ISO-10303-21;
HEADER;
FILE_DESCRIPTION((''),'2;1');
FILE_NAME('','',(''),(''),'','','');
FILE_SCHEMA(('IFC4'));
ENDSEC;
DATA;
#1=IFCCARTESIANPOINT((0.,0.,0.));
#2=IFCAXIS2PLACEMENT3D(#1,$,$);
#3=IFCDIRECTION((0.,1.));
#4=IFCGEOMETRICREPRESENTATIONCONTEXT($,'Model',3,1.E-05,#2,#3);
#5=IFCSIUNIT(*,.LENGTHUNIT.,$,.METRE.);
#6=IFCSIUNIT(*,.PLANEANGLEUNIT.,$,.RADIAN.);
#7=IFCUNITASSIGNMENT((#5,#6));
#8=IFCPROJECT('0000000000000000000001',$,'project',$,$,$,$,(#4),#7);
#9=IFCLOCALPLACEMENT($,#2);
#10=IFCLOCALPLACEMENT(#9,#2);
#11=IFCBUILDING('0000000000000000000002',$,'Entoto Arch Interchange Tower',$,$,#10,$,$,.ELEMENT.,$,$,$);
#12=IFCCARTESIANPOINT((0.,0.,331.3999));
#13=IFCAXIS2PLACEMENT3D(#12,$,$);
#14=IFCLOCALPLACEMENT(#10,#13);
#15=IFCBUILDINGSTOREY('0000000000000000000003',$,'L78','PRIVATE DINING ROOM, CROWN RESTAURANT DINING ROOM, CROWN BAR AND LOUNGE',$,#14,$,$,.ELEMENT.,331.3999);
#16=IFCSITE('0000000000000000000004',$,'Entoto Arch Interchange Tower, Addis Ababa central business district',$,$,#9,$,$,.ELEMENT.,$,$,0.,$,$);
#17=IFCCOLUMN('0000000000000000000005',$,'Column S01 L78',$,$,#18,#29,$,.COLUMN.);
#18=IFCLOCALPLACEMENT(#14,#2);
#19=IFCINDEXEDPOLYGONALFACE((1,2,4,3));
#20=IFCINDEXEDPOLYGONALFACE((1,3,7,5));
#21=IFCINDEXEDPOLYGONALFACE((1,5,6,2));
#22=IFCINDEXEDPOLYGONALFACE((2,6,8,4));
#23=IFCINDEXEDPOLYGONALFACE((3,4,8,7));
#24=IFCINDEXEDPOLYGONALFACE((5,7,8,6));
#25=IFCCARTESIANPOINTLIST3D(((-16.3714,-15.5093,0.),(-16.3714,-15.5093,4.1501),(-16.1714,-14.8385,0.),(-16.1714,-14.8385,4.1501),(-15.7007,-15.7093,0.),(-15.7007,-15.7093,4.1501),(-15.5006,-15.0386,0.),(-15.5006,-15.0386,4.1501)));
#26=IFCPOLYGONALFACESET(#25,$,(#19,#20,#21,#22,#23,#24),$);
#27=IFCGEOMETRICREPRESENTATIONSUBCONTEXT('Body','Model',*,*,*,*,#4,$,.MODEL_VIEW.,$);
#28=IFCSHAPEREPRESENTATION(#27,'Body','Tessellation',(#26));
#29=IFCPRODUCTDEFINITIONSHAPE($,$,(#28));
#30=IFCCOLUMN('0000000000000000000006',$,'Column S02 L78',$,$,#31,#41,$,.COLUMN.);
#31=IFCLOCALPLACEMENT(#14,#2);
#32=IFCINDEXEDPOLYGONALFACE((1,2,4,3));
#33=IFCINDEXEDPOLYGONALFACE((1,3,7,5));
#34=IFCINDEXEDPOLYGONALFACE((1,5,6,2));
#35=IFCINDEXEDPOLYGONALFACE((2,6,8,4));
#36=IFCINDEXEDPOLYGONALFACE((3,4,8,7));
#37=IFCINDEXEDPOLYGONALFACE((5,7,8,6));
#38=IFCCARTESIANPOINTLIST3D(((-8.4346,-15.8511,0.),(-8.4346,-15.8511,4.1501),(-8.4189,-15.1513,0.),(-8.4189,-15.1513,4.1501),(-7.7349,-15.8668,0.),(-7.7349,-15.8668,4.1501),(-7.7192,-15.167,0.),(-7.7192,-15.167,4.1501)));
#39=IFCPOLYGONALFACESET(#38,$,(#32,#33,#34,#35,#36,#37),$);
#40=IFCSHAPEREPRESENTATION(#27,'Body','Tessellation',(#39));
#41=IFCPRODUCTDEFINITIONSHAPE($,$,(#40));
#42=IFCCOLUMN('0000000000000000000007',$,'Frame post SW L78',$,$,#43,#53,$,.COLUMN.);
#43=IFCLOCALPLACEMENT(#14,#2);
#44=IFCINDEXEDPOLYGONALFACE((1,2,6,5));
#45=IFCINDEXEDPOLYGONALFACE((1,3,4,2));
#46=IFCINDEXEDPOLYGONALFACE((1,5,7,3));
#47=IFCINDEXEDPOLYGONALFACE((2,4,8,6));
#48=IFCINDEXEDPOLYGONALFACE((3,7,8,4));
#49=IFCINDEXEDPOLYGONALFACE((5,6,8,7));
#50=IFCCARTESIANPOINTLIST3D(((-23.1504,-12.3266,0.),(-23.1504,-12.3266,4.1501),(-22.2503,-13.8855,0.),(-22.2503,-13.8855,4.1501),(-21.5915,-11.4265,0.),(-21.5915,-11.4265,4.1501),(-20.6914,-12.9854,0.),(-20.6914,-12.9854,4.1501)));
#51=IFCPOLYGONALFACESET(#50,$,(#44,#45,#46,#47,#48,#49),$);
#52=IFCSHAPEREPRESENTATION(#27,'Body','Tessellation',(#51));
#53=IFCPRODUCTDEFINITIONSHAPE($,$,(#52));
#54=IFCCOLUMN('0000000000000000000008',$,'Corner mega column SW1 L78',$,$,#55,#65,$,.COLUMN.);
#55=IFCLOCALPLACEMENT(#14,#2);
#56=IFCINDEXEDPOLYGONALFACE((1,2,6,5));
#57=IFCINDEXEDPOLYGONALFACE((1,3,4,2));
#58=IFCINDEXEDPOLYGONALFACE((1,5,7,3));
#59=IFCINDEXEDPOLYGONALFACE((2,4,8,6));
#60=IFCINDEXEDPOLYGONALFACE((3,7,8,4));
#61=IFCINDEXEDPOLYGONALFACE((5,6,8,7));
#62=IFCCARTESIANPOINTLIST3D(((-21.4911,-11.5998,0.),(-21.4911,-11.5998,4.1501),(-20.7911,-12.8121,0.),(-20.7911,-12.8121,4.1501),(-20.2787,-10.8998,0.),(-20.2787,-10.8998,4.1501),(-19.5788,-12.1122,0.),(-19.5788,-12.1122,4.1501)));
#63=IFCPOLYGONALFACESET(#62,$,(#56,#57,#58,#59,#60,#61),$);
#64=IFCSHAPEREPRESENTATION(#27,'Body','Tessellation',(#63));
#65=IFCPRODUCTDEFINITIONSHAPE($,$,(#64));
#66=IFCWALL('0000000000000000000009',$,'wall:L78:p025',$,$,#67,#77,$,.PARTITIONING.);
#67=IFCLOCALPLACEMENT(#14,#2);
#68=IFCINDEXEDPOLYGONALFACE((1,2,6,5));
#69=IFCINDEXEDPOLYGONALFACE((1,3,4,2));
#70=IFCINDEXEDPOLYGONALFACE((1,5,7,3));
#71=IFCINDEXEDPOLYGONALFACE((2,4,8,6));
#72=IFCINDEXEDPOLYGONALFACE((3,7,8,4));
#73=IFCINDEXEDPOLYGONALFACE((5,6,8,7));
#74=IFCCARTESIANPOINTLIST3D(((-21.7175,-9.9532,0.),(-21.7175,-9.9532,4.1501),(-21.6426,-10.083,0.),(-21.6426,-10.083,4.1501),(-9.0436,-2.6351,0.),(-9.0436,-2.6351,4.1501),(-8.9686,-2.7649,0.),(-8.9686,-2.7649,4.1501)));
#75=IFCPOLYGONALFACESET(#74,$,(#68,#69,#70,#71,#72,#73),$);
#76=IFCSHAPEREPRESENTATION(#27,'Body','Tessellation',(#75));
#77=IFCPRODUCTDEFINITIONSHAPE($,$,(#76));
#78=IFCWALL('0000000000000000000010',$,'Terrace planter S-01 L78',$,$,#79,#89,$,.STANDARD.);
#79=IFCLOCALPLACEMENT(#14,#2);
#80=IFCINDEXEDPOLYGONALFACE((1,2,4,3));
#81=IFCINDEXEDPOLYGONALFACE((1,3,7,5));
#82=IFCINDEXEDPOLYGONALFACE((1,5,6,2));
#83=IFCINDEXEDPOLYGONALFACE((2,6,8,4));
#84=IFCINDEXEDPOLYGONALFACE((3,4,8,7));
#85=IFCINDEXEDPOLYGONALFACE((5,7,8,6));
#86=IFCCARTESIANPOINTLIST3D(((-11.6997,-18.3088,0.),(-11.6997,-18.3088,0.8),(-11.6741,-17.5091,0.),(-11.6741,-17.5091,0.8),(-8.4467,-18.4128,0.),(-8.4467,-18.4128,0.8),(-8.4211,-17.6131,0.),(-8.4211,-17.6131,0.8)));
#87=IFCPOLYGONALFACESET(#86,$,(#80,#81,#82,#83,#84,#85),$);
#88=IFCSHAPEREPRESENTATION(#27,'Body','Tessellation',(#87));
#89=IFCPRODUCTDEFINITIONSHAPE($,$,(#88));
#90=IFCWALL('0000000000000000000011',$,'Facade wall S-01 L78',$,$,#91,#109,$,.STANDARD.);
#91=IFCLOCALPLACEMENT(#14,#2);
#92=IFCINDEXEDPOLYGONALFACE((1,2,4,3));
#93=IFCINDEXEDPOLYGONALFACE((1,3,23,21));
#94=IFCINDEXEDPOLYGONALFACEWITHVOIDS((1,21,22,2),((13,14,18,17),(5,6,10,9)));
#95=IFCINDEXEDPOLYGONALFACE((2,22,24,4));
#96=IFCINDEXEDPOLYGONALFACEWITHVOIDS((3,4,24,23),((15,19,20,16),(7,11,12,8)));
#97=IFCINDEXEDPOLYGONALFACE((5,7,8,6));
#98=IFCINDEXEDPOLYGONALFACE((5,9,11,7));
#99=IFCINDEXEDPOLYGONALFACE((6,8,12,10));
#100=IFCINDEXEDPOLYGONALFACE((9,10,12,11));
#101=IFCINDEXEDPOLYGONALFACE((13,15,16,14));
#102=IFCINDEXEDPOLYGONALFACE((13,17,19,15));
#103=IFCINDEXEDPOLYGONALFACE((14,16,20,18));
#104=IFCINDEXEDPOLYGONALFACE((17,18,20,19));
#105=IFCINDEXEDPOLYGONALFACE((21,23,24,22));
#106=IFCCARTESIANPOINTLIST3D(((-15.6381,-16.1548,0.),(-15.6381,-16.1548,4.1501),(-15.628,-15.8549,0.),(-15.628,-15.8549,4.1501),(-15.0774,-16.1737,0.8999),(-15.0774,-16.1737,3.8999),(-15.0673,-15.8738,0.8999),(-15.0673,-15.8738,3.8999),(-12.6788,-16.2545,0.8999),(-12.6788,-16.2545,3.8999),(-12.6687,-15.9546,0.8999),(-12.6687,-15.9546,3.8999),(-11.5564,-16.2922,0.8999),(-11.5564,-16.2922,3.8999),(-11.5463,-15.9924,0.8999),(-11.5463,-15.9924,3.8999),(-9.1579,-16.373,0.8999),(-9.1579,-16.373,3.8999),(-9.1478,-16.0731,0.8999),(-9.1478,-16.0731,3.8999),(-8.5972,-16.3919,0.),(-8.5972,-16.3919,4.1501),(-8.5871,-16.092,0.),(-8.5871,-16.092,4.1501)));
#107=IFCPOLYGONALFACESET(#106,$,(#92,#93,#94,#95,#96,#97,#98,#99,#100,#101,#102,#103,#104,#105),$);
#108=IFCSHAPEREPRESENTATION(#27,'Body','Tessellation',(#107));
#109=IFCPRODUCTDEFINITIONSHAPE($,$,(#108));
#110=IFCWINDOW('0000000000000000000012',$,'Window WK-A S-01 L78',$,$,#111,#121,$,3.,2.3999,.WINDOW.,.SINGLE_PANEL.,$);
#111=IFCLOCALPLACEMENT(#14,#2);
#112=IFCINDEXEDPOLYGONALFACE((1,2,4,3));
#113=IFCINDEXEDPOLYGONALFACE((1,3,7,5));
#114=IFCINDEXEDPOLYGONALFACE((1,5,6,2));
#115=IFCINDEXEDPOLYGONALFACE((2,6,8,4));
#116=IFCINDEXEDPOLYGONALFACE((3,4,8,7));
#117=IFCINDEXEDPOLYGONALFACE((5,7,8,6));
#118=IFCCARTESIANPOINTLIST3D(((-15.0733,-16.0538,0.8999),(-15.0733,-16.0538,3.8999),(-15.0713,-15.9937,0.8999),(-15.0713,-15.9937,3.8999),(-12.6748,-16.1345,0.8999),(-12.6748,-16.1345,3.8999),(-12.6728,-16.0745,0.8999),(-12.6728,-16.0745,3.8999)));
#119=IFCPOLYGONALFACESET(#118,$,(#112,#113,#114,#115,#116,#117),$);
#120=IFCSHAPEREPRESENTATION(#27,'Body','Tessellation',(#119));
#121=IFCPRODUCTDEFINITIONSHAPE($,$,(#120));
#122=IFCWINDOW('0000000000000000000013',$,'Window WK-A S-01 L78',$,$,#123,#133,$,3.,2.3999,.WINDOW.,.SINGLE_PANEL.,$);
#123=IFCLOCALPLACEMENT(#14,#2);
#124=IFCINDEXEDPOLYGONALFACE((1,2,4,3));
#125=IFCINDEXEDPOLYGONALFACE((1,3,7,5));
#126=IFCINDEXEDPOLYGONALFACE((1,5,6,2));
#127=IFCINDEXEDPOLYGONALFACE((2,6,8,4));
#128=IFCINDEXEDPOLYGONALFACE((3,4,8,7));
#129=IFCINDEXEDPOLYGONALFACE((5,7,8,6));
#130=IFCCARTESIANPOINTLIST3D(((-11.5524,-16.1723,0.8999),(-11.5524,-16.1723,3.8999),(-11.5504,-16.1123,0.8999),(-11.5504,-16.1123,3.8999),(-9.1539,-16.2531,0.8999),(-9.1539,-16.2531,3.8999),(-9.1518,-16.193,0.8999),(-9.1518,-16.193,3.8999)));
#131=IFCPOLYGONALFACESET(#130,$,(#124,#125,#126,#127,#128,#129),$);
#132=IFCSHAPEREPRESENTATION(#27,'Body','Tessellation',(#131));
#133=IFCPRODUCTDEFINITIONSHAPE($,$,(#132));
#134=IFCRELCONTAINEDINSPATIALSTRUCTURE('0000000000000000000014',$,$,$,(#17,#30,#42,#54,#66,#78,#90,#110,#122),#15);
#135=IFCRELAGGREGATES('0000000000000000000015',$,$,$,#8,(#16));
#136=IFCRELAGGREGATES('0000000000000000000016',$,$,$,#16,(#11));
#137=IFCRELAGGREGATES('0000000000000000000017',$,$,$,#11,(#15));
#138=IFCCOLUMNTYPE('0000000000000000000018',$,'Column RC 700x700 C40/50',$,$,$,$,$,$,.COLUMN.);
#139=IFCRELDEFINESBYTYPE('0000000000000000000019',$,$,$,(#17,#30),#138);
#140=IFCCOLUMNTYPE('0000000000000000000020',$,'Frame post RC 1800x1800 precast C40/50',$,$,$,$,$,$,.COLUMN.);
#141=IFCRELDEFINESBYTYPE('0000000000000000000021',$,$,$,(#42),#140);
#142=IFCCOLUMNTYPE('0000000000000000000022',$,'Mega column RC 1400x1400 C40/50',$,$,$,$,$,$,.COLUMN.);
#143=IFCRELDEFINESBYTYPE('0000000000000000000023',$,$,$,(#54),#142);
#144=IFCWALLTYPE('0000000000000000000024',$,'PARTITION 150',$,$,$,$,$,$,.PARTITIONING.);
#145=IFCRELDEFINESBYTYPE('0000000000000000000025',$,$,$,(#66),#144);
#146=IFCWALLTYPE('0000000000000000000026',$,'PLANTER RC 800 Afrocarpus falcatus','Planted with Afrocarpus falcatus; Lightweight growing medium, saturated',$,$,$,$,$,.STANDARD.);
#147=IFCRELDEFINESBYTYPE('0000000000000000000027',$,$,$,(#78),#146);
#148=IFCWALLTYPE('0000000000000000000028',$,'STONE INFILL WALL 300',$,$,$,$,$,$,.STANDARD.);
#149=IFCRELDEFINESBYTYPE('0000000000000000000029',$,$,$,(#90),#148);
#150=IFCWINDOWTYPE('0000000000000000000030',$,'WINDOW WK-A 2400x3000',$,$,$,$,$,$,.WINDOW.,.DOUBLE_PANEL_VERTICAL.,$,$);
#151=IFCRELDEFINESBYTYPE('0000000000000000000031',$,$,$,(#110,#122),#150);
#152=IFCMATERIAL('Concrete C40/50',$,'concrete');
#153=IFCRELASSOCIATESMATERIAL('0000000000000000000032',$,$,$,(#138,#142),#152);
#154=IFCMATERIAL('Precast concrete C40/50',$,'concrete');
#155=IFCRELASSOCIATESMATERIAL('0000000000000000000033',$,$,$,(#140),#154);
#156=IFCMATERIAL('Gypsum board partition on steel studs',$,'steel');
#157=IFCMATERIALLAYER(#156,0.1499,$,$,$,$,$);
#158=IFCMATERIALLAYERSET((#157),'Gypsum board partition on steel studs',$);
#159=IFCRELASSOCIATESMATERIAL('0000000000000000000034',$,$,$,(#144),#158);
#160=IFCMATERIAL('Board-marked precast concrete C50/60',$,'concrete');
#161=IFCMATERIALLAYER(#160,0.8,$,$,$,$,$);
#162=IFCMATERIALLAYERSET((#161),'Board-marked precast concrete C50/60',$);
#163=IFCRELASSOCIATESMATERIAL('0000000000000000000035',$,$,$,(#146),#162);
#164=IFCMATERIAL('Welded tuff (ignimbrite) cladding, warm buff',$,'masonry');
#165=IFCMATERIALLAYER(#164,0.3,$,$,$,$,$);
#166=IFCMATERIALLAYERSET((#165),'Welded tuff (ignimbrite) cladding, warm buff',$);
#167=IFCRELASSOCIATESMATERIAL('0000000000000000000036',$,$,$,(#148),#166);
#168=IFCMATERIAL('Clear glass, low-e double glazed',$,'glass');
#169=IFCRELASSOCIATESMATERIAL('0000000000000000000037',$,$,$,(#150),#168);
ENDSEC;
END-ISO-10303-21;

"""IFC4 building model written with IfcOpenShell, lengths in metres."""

from ifc_helpers import new_model, si_unit, direction, frame, frame_2d, origin, origin_2d, place, context, subcontext, project, spatial, rectangle, extrude, material, layer, layer_set, material_profile, profile_set, type_object, element, fill, save


model = new_model("IFC4")

# Units and contexts
model_context = context("Model", 3, precision=1e-05, world=origin(), true_north=direction((0.0, 1.0)))
body_context = subcontext(model_context, "Body", "Model", "MODEL_VIEW")
ifc_project = project(units=[si_unit("LENGTHUNIT", "METRE"), si_unit("PLANEANGLEUNIT", "RADIAN")], contexts=[model_context])

# Site, building, storey
site_placement = place(None, origin())
site = spatial("IfcSite", under=ifc_project, at=site_placement, Name="Entoto Arch Interchange Tower, Addis Ababa central business district", CompositionType="ELEMENT", RefElevation=0.0)
building_placement = place(site_placement, origin())
building = spatial("IfcBuilding", under=site, at=building_placement, Name="Entoto Arch Interchange Tower", CompositionType="ELEMENT")
storey_placement = place(building_placement, frame((0.0, 0.0, 331.3999)))
storey = spatial("IfcBuildingStorey", under=building, at=storey_placement, Name="L78", Description="PRIVATE DINING ROOM, CROWN RESTAURANT DINING ROOM, CROWN BAR AND LOUNGE", CompositionType="ELEMENT", Elevation=331.3999)

# Columns
ifc_material_1 = material(Name="Concrete C40/50", Category="concrete")
ifc_material_profile_1 = material_profile(ifc_material_1, rectangle(XDim=0.7, YDim=0.7, at=origin_2d()))
ifc_profile_set_1 = profile_set([ifc_material_profile_1], Name="Concrete C40/50")
column_type_1 = type_object("IfcColumnType", Name="Column RC 700x700 C40/50", PredefinedType="COLUMN", material=ifc_profile_set_1)
for number, where, z_axis, x_axis, name in (
    (1, (-15.936, -15.2739, 0.0), (0.0, 0.0, 1.0), (-0.958288, 0.285805, 0.0), "Column S01 L78"),
    (2, (-8.0769, -15.509, 0.0), (0.0, 0.0, 1.0), (-0.999748, 0.022443, 0.0), "Column S02 L78"),
):
    element("IfcColumn", number, at=place(storey_placement, frame(where, z_axis=z_axis, x_axis=x_axis)), inside=storey, type_object=column_type_1, Name=name, PredefinedType="COLUMN", context=body_context, shape_type="SweptSolid", body=[
        extrude(rectangle(XDim=0.7, YDim=0.7, at=origin_2d()), origin(), (0.0, 0.0, 1.0), 4.1501),
    ])
ifc_material_2 = material(Name="Precast concrete C40/50", Category="concrete")
ifc_material_profile_2 = material_profile(ifc_material_2, rectangle(XDim=1.8, YDim=1.8, at=origin_2d()))
ifc_profile_set_2 = profile_set([ifc_material_profile_2], Name="Precast concrete C40/50")
column_type_2 = type_object("IfcColumnType", Name="Frame post RC 1800x1800 precast C40/50", PredefinedType="COLUMN", material=ifc_profile_set_2)
column_1_placement = place(storey_placement, frame((-21.9209, -12.656, 0.0), z_axis=(0.0, 0.0, 1.0), x_axis=(0.866025, 0.5, 0.0)))
element("IfcColumn", 3, at=column_1_placement, inside=storey, type_object=column_type_2, Name="Frame post SW L78", PredefinedType="COLUMN", context=body_context, shape_type="SweptSolid", body=[
    extrude(rectangle(XDim=1.8, YDim=1.8, at=origin_2d()), origin(), (0.0, 0.0, 1.0), 4.1501),
])
ifc_material_profile_3 = material_profile(ifc_material_1, rectangle(XDim=1.3999, YDim=1.3999, at=origin_2d()))
ifc_profile_set_3 = profile_set([ifc_material_profile_3], Name="Concrete C40/50")
column_type_3 = type_object("IfcColumnType", Name="Mega column RC 1400x1400 C40/50", PredefinedType="COLUMN", material=ifc_profile_set_3)
column_2_placement = place(storey_placement, frame((-20.5349, -11.856, 0.0), z_axis=(0.0, 0.0, 1.0), x_axis=(0.866025, 0.5, 0.0)))
element("IfcColumn", 4, at=column_2_placement, inside=storey, type_object=column_type_3, Name="Corner mega column SW1 L78", PredefinedType="COLUMN", context=body_context, shape_type="SweptSolid", body=[
    extrude(rectangle(XDim=1.3999, YDim=1.3999, at=origin_2d()), origin(), (0.0, 0.0, 1.0), 4.1501),
])

# Walls
ifc_material_3 = material(Name="Gypsum board partition on steel studs", Category="steel")
ifc_layer_1 = layer(ifc_material_3, 0.1499)
ifc_layer_set_1 = layer_set([ifc_layer_1], Name="Gypsum board partition on steel studs")
wall_type_1 = type_object("IfcWallType", Name="PARTITION 150", PredefinedType="PARTITIONING", material=ifc_layer_set_1)
wall_1_placement = place(storey_placement, frame((-21.6799, -10.0181, 0.0), z_axis=(0.0, 0.0, 1.0), x_axis=(0.865999, 0.500045, 0.0)))
element("IfcWall", 5, at=wall_1_placement, inside=storey, type_object=wall_type_1, Name="wall:L78:p025", PredefinedType="PARTITIONING", context=body_context, shape_type="SweptSolid", body=[
    extrude(rectangle(XDim=14.635, YDim=0.1499, at=frame_2d((7.3174, 0.0))), origin(), (0.0, 0.0, 1.0), 4.1501),
])
ifc_material_4 = material(Name="Board-marked precast concrete C50/60", Category="concrete")
ifc_layer_2 = layer(ifc_material_4, 0.8)
ifc_layer_set_2 = layer_set([ifc_layer_2], Name="Board-marked precast concrete C50/60")
wall_type_2 = type_object("IfcWallType", Name="PLANTER RC 800 Afrocarpus falcatus", Description="Planted with Afrocarpus falcatus; Lightweight growing medium, saturated", PredefinedType="STANDARD", material=ifc_layer_set_2)
wall_2_placement = place(storey_placement, frame((-11.687, -17.9089, 0.0), z_axis=(0.0, 0.0, 1.0), x_axis=(0.999489, -0.031956, 0.0)))
element("IfcWall", 6, at=wall_2_placement, inside=storey, type_object=wall_type_2, Name="Terrace planter S-01 L78", PredefinedType="STANDARD", context=body_context, shape_type="SweptSolid", body=[
    extrude(rectangle(XDim=3.2546, YDim=0.8, at=frame_2d((1.6274, 0.0))), origin(), (0.0, 0.0, 1.0), 0.8),
])

# Wall, openings, windows
ifc_material_5 = material(Name="Welded tuff (ignimbrite) cladding, warm buff", Category="masonry")
ifc_layer_3 = layer(ifc_material_5, 0.3)
ifc_layer_set_3 = layer_set([ifc_layer_3], Name="Welded tuff (ignimbrite) cladding, warm buff")
wall_type_3 = type_object("IfcWallType", Name="STONE INFILL WALL 300", PredefinedType="STANDARD", material=ifc_layer_set_3)
wall_3_placement = place(storey_placement, frame((-15.6331, -16.0049, 0.0), z_axis=(0.0, 0.0, 1.0), x_axis=(0.999434, -0.033649, 0.0)))
wall_3 = element("IfcWall", 7, at=wall_3_placement, inside=storey, type_object=wall_type_3, Name="Facade wall S-01 L78", PredefinedType="STANDARD", context=body_context, shape_type="SweptSolid", body=[
    extrude(rectangle(XDim=7.0449, YDim=0.3, at=frame_2d((3.5225, 0.0))), origin(), (0.0, 0.0, 1.0), 4.1501),
])
opening_1_placement = place(wall_3_placement, frame((0.561, 0.0, 0.8999)))
opening_1 = element("IfcOpeningElement", 8, at=opening_1_placement, cuts=wall_3, PredefinedType="OPENING", context=body_context, shape_type="SweptSolid", body=[
    extrude(rectangle(XDim=2.3999, YDim=3.0, at=frame_2d((1.2, 1.5))), frame((0.0, 0.1602, 0.0), z_axis=(0.0, -1.0, 0.0), x_axis=(1.0, 0.0, 0.0)), (0.0, 0.0, 1.0), 0.3201),
])
opening_2_placement = place(wall_3_placement, frame((4.084, 0.0, 0.8999)))
opening_2 = element("IfcOpeningElement", 9, at=opening_2_placement, cuts=wall_3, PredefinedType="OPENING", context=body_context, shape_type="SweptSolid", body=[
    extrude(rectangle(XDim=2.3999, YDim=3.0, at=frame_2d((1.2, 1.5))), frame((0.0, 0.1602, 0.0), z_axis=(0.0, -1.0, 0.0), x_axis=(1.0, 0.0, 0.0)), (0.0, 0.0, 1.0), 0.3201),
])
ifc_material_6 = material(Name="Clear glass, low-e double glazed", Category="glass")
window_type_1 = type_object("IfcWindowType", Name="WINDOW WK-A 2400x3000", PartitioningType="DOUBLE_PANEL_VERTICAL", PredefinedType="WINDOW", material=ifc_material_6)
window_1_placement = place(opening_1_placement, origin())
window_1 = element("IfcWindow", 10, at=window_1_placement, inside=storey, type_object=window_type_1, Name="Window WK-A S-01 L78", OverallHeight=3.0, OverallWidth=2.3999, PartitioningType="SINGLE_PANEL", PredefinedType="WINDOW", context=body_context, shape_type="SweptSolid", body=[
    extrude(rectangle(XDim=2.3999, YDim=3.0, at=frame_2d((1.2, 1.5))), frame((0.0, 0.03, 0.0), z_axis=(0.0, -1.0, 0.0), x_axis=(1.0, 0.0, 0.0)), (0.0, 0.0, 1.0), 0.0601),
])
fill(opening_1, window_1)
window_2_placement = place(opening_2_placement, origin())
window_2 = element("IfcWindow", 11, at=window_2_placement, inside=storey, type_object=window_type_1, Name="Window WK-A S-01 L78", OverallHeight=3.0, OverallWidth=2.3999, PartitioningType="SINGLE_PANEL", PredefinedType="WINDOW", context=body_context, shape_type="SweptSolid", body=[
    extrude(rectangle(XDim=2.3999, YDim=3.0, at=frame_2d((1.2, 1.5))), frame((0.0, 0.03, 0.0), z_axis=(0.0, -1.0, 0.0), x_axis=(1.0, 0.0, 0.0)), (0.0, 0.0, 1.0), 0.0601),
])
fill(opening_2, window_2)

save(model, "model.ifc")
